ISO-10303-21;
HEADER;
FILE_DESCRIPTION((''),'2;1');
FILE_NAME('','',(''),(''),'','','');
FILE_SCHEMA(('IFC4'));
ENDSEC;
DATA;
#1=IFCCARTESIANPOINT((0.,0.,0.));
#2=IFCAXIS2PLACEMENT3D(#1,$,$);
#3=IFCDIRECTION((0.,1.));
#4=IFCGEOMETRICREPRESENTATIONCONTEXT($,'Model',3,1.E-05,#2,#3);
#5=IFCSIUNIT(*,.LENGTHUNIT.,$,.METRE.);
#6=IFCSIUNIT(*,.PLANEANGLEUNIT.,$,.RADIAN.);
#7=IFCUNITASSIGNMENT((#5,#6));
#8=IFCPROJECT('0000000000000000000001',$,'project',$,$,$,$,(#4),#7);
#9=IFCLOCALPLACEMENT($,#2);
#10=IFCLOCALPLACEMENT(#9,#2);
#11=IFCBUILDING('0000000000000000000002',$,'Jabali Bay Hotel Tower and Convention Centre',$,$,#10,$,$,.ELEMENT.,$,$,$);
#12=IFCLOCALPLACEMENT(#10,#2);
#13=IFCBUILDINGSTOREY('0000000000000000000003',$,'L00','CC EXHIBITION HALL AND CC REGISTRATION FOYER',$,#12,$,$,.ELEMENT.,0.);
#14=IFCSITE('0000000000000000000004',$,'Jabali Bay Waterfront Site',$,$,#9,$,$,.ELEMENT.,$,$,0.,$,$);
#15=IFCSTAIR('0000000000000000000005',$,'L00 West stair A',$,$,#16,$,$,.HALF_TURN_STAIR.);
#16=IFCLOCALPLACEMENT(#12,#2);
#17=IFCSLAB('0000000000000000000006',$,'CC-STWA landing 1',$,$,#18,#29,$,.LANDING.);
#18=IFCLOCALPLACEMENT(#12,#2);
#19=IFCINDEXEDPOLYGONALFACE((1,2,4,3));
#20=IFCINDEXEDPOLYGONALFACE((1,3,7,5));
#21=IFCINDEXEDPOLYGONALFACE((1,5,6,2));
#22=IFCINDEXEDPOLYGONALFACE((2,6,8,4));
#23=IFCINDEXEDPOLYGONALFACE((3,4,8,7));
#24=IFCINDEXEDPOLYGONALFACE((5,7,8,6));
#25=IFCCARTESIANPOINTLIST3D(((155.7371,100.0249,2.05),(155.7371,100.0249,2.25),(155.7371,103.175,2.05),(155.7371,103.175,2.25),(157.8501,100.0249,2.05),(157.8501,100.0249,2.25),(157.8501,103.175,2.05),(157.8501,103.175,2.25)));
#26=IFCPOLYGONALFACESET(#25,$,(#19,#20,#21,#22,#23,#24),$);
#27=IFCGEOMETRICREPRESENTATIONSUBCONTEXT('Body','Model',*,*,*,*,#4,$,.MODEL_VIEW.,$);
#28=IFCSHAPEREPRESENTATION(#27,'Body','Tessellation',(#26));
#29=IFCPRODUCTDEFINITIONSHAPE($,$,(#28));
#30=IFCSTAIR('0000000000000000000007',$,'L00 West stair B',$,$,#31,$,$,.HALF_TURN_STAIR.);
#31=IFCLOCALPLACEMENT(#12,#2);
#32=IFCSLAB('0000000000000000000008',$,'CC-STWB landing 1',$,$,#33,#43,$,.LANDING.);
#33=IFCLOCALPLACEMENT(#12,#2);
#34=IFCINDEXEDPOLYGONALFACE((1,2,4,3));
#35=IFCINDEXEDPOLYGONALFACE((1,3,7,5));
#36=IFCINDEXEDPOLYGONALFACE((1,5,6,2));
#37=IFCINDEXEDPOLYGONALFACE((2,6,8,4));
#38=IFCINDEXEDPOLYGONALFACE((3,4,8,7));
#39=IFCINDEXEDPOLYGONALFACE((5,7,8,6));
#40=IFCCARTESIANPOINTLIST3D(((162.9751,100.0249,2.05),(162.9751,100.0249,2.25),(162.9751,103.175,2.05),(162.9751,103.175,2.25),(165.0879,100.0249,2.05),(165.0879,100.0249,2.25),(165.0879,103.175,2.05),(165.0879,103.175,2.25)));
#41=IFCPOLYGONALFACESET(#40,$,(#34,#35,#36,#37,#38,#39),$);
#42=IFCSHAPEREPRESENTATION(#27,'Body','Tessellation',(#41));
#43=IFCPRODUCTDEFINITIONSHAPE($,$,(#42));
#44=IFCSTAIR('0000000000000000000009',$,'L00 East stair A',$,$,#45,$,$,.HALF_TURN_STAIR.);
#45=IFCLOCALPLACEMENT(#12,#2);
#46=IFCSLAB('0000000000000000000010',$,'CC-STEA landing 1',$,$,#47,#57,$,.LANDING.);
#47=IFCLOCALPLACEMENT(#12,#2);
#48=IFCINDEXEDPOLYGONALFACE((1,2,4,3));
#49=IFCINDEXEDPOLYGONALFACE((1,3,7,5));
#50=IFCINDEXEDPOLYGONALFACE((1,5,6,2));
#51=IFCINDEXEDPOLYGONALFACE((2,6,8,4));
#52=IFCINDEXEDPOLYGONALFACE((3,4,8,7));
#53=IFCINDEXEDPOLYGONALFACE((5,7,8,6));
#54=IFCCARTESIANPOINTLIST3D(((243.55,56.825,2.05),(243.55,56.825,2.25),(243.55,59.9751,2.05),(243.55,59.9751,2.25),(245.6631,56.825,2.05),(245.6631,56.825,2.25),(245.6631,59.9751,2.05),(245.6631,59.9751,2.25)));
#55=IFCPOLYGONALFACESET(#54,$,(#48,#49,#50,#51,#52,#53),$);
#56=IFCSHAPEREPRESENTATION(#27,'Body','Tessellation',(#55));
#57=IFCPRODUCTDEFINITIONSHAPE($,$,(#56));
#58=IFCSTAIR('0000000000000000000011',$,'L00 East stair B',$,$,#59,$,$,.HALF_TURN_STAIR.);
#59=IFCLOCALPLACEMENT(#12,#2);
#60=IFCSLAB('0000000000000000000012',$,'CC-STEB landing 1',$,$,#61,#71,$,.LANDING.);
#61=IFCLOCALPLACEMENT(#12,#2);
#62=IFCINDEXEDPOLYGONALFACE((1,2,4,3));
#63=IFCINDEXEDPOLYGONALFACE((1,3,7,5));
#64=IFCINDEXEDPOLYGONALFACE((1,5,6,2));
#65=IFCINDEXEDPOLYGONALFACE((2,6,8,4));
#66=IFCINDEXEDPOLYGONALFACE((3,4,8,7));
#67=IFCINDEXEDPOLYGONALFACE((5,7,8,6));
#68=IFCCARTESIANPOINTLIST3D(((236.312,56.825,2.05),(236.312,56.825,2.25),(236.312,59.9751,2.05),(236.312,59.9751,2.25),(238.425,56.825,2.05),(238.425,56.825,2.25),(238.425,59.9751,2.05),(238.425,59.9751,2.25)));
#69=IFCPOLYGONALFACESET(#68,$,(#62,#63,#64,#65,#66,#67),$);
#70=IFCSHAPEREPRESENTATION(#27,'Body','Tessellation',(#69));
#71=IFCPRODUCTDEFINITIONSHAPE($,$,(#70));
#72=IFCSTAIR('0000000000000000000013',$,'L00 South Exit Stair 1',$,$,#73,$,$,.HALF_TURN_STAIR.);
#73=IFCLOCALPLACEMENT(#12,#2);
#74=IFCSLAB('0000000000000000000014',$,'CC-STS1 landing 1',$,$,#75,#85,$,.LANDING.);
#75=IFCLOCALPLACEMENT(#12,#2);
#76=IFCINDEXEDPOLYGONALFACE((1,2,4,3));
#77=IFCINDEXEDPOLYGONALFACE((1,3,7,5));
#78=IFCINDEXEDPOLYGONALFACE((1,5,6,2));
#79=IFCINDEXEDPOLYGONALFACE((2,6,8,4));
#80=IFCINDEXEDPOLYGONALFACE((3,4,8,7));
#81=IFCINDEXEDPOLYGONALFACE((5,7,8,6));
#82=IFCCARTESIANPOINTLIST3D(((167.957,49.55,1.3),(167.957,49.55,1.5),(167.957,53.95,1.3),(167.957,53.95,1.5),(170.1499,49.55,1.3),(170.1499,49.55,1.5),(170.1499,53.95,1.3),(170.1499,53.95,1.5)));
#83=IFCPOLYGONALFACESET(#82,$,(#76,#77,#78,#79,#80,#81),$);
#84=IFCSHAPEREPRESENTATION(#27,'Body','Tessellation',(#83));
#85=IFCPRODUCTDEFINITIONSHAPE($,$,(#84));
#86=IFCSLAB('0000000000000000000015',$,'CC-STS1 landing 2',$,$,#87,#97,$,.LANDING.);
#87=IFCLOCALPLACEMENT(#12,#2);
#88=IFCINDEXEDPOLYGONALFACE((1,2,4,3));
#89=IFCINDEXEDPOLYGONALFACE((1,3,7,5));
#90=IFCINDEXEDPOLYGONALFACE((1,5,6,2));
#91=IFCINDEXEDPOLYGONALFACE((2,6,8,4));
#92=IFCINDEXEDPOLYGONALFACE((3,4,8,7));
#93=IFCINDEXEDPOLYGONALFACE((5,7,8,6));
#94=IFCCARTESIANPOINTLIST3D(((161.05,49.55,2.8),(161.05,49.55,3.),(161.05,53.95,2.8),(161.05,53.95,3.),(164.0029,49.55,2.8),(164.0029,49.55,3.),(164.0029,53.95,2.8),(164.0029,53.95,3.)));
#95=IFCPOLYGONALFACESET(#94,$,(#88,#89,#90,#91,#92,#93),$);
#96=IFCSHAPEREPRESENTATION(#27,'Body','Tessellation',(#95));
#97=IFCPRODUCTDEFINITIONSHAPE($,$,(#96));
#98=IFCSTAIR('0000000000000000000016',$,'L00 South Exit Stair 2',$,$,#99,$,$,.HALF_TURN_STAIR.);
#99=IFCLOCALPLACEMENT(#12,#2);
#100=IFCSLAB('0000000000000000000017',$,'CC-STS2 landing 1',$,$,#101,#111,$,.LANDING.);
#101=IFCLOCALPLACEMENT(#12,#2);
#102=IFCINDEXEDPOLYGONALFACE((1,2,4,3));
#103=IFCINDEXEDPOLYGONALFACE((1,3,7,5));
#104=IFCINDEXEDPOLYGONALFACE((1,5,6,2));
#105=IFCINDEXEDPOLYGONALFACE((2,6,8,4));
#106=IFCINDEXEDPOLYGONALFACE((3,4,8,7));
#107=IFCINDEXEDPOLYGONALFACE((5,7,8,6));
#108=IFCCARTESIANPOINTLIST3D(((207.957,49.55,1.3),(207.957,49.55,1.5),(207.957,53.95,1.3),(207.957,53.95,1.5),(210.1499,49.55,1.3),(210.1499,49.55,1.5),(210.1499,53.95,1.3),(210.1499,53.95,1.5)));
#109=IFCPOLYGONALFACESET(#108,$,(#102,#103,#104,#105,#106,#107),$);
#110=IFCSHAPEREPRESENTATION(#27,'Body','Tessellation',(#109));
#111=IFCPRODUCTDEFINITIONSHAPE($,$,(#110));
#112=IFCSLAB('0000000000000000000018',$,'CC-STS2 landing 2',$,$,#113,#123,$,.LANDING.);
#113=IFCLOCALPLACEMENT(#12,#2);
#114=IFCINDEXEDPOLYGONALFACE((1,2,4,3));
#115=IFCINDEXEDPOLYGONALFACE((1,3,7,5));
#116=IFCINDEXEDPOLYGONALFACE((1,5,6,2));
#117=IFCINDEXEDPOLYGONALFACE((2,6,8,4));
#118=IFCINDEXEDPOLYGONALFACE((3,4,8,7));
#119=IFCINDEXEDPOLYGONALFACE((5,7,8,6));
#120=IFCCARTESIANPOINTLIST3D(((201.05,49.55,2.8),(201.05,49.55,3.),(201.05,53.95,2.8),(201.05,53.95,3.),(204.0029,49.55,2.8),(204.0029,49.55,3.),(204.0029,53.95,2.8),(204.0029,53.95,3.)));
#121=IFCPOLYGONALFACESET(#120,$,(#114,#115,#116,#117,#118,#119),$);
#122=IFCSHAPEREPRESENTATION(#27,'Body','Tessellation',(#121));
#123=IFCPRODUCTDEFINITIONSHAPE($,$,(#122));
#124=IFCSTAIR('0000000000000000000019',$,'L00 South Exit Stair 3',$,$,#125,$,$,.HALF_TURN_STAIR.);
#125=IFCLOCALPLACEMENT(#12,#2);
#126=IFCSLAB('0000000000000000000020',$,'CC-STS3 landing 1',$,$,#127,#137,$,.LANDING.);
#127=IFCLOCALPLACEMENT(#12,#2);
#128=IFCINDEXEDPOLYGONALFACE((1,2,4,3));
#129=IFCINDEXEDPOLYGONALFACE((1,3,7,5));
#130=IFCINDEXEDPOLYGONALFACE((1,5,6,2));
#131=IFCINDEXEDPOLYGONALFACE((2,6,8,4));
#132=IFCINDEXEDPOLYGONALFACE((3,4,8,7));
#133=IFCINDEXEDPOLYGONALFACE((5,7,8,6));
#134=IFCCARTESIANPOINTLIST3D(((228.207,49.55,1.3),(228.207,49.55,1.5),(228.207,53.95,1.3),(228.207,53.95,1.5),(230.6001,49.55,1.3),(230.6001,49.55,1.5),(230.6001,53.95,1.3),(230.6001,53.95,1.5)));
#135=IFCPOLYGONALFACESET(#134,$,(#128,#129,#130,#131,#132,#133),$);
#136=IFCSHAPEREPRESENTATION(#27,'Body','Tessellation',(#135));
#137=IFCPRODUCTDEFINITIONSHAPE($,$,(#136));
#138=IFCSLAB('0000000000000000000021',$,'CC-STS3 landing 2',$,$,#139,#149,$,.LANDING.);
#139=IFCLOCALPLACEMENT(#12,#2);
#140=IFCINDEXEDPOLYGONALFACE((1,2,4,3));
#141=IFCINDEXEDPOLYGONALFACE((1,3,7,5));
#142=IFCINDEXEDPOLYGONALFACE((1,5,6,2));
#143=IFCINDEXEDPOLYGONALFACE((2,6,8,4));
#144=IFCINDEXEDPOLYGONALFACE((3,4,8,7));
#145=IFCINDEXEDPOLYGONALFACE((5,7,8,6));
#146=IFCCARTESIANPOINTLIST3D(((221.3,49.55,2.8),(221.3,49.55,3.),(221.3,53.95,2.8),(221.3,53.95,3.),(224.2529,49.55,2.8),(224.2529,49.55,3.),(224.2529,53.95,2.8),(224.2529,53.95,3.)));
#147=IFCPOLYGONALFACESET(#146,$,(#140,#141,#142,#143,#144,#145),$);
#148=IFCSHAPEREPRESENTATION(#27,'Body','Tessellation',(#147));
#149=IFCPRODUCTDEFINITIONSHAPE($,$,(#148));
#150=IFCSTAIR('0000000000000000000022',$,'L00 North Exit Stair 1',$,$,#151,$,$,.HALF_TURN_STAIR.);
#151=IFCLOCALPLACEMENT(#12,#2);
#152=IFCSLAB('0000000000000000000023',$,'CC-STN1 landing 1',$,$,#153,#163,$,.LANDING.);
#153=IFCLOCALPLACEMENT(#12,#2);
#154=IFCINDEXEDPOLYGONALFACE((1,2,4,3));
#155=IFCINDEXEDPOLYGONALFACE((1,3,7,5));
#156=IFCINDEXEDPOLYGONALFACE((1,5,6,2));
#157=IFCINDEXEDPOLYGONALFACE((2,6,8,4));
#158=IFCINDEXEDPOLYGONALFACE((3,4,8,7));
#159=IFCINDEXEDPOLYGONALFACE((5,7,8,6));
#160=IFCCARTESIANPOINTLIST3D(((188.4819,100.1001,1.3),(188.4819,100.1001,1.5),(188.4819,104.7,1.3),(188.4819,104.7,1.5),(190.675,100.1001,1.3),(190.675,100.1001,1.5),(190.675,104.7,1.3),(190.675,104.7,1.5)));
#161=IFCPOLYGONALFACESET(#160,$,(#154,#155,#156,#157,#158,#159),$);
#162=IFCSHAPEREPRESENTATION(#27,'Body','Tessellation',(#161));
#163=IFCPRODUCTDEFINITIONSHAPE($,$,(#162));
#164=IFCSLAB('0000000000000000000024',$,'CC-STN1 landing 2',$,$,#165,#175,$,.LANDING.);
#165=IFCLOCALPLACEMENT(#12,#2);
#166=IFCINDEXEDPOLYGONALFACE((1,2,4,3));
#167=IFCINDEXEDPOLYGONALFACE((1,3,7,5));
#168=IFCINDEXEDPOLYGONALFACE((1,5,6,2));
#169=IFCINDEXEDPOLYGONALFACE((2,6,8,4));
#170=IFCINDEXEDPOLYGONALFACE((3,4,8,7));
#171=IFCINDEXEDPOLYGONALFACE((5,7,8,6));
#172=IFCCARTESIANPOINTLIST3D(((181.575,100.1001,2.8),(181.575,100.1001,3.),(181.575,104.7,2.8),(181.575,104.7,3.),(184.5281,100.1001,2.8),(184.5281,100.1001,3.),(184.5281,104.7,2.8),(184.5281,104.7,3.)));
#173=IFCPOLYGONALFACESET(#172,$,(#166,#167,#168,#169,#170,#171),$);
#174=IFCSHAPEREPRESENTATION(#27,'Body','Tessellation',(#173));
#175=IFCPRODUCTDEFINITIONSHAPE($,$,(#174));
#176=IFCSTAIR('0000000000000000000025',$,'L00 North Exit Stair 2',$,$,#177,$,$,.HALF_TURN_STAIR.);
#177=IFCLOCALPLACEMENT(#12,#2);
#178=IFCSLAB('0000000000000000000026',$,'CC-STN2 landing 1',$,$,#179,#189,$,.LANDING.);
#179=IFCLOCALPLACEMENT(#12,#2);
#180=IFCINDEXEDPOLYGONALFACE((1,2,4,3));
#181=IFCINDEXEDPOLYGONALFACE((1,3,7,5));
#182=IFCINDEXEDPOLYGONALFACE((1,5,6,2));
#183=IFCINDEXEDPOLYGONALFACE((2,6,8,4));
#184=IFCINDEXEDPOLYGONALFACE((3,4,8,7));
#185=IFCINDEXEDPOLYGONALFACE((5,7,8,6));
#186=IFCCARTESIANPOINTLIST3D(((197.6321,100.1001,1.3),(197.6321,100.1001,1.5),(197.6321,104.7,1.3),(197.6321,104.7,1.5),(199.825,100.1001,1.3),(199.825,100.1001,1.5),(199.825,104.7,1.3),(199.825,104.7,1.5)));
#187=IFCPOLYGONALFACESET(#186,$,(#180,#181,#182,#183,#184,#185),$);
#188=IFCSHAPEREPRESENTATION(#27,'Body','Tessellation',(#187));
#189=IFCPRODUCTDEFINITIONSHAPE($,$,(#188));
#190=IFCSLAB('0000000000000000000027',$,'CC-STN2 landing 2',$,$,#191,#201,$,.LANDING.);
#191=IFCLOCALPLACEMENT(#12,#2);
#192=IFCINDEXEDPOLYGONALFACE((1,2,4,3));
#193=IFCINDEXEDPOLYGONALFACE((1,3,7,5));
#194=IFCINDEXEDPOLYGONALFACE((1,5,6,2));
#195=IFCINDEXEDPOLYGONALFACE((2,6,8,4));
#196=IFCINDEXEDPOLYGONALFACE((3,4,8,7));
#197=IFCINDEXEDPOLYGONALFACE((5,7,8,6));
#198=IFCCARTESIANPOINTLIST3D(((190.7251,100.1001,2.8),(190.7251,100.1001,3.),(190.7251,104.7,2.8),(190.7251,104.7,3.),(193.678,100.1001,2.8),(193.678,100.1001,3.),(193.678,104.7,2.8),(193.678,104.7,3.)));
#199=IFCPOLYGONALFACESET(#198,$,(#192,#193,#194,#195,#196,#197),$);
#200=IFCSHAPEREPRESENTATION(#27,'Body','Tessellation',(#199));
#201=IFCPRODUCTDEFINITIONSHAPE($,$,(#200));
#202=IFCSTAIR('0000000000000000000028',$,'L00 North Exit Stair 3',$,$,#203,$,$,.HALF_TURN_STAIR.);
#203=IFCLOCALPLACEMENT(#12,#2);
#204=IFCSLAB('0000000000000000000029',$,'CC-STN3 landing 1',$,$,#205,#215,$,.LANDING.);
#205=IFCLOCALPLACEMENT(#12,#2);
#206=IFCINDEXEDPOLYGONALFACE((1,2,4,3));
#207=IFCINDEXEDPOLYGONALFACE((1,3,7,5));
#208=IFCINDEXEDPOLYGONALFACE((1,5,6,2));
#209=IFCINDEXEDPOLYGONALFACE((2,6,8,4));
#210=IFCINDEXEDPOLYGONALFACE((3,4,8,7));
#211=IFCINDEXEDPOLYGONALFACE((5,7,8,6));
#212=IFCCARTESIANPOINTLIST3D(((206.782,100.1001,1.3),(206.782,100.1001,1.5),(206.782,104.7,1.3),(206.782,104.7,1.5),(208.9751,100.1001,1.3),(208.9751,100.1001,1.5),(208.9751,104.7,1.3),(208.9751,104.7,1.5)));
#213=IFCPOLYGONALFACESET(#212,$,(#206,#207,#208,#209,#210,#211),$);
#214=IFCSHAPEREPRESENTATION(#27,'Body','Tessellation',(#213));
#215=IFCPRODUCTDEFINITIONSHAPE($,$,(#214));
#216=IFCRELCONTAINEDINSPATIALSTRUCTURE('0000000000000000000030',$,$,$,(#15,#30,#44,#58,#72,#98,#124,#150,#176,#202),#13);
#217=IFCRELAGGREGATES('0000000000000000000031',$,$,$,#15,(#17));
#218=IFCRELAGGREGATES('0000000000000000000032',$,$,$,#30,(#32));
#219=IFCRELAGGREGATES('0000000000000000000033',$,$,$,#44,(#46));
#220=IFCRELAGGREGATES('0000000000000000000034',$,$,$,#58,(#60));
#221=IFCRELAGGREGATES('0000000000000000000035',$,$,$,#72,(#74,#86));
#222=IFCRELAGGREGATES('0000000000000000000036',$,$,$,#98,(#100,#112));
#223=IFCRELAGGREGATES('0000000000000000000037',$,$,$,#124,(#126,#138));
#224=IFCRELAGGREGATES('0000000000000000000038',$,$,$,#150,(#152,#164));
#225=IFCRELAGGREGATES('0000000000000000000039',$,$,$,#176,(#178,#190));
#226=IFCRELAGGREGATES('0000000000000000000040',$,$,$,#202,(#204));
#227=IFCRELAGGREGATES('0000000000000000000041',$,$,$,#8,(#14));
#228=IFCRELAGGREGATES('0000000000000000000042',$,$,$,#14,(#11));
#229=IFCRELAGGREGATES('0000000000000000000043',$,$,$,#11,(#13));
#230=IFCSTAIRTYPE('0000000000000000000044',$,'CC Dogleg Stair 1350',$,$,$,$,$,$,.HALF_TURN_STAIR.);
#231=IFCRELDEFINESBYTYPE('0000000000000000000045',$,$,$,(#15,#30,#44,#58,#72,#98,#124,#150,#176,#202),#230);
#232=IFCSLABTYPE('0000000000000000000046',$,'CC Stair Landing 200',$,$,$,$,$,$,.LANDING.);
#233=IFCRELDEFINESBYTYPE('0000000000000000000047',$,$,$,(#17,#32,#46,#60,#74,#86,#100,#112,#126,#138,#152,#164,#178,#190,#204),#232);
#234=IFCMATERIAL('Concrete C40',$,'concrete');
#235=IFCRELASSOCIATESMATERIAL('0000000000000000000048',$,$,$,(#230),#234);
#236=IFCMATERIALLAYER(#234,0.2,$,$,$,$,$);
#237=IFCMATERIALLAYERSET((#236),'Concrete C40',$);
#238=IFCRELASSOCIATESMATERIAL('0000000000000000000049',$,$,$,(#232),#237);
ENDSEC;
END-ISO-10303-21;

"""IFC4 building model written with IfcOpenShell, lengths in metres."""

from ifc_helpers import new_model, si_unit, direction, frame, origin, place, context, subcontext, project, spatial, polyline, outline, extrude, material, layer, layer_set, type_object, element, aggregate, save


model = new_model("IFC4")

# Units and contexts
model_context = context("Model", 3, precision=1e-05, world=origin(), true_north=direction((0.0, 1.0)))
body_context = subcontext(model_context, "Body", "Model", "MODEL_VIEW")
ifc_project = project(units=[si_unit("LENGTHUNIT", "METRE"), si_unit("PLANEANGLEUNIT", "RADIAN")], contexts=[model_context])

# Site, building, storey
site_placement = place(None, origin())
site = spatial("IfcSite", under=ifc_project, at=site_placement, Name="Jabali Bay Waterfront Site", CompositionType="ELEMENT", RefElevation=0.0)
building_placement = place(site_placement, origin())
building = spatial("IfcBuilding", under=site, at=building_placement, Name="Jabali Bay Hotel Tower and Convention Centre", CompositionType="ELEMENT")
storey_placement = place(building_placement, origin())
storey = spatial("IfcBuildingStorey", under=building, at=storey_placement, Name="L00", Description="CC EXHIBITION HALL AND CC REGISTRATION FOYER", CompositionType="ELEMENT", Elevation=0.0)

# Stairs, slabs
ifc_material_1 = material(Name="Concrete C40", Category="concrete")
stair_type_1 = type_object("IfcStairType", Name="CC Dogleg Stair 1350", PredefinedType="HALF_TURN_STAIR", material=ifc_material_1)
stair_1_placement = place(storey_placement, origin())
stair_1 = element("IfcStair", 1, at=stair_1_placement, inside=storey, type_object=stair_type_1, Name="L00 West stair A", PredefinedType="HALF_TURN_STAIR")
ifc_layer_1 = layer(ifc_material_1, 0.2)
ifc_layer_set_1 = layer_set([ifc_layer_1], Name="Concrete C40")
slab_type_1 = type_object("IfcSlabType", Name="CC Stair Landing 200", PredefinedType="LANDING", material=ifc_layer_set_1)
slab_1_placement = place(storey_placement, frame((0.0, 0.0, 2.05)))
slab_1 = element("IfcSlab", 2, at=slab_1_placement, type_object=slab_type_1, Name="CC-STWA landing 1", PredefinedType="LANDING", context=body_context, shape_type="SweptSolid", body=[
    extrude(outline(polyline([(155.7371, 100.0249), (157.8501, 100.0249), (157.8501, 103.175), (155.7371, 103.175), (155.7371, 100.0249)])), origin(), (0.0, 0.0, 1.0), 0.2),
])
aggregate(stair_1, [slab_1])
stair_2_placement = place(storey_placement, origin())
stair_2 = element("IfcStair", 3, at=stair_2_placement, inside=storey, type_object=stair_type_1, Name="L00 West stair B", PredefinedType="HALF_TURN_STAIR")
slab_2_placement = place(storey_placement, frame((0.0, 0.0, 2.05)))
slab_2 = element("IfcSlab", 4, at=slab_2_placement, type_object=slab_type_1, Name="CC-STWB landing 1", PredefinedType="LANDING", context=body_context, shape_type="SweptSolid", body=[
    extrude(outline(polyline([(162.9751, 100.0249), (165.0879, 100.0249), (165.0879, 103.175), (162.9751, 103.175), (162.9751, 100.0249)])), origin(), (0.0, 0.0, 1.0), 0.2),
])
aggregate(stair_2, [slab_2])
stair_3_placement = place(storey_placement, origin())
stair_3 = element("IfcStair", 5, at=stair_3_placement, inside=storey, type_object=stair_type_1, Name="L00 East stair A", PredefinedType="HALF_TURN_STAIR")
slab_3_placement = place(storey_placement, frame((0.0, 0.0, 2.05)))
slab_3 = element("IfcSlab", 6, at=slab_3_placement, type_object=slab_type_1, Name="CC-STEA landing 1", PredefinedType="LANDING", context=body_context, shape_type="SweptSolid", body=[
    extrude(outline(polyline([(243.55, 56.825), (245.6631, 56.825), (245.6631, 59.9751), (243.55, 59.9751), (243.55, 56.825)])), origin(), (0.0, 0.0, 1.0), 0.2),
])
aggregate(stair_3, [slab_3])
stair_4_placement = place(storey_placement, origin())
stair_4 = element("IfcStair", 7, at=stair_4_placement, inside=storey, type_object=stair_type_1, Name="L00 East stair B", PredefinedType="HALF_TURN_STAIR")
slab_4_placement = place(storey_placement, frame((0.0, 0.0, 2.05)))
slab_4 = element("IfcSlab", 8, at=slab_4_placement, type_object=slab_type_1, Name="CC-STEB landing 1", PredefinedType="LANDING", context=body_context, shape_type="SweptSolid", body=[
    extrude(outline(polyline([(236.312, 56.825), (238.425, 56.825), (238.425, 59.9751), (236.312, 59.9751), (236.312, 56.825)])), origin(), (0.0, 0.0, 1.0), 0.2),
])
aggregate(stair_4, [slab_4])

# Stairs, slabs
stair_5_placement = place(storey_placement, origin())
stair_5 = element("IfcStair", 9, at=stair_5_placement, inside=storey, type_object=stair_type_1, Name="L00 South Exit Stair 1", PredefinedType="HALF_TURN_STAIR")
slab_5_placement = place(storey_placement, frame((0.0, 0.0, 1.3)))
slab_5 = element("IfcSlab", 10, at=slab_5_placement, type_object=slab_type_1, Name="CC-STS1 landing 1", PredefinedType="LANDING", context=body_context, shape_type="SweptSolid", body=[
    extrude(outline(polyline([(167.957, 49.55), (170.1499, 49.55), (170.1499, 53.95), (167.957, 53.95), (167.957, 49.55)])), origin(), (0.0, 0.0, 1.0), 0.2),
])
slab_6_placement = place(storey_placement, frame((0.0, 0.0, 2.8)))
slab_6 = element("IfcSlab", 11, at=slab_6_placement, type_object=slab_type_1, Name="CC-STS1 landing 2", PredefinedType="LANDING", context=body_context, shape_type="SweptSolid", body=[
    extrude(outline(polyline([(161.05, 49.55), (164.0029, 49.55), (164.0029, 53.95), (161.05, 53.95), (161.05, 49.55)])), origin(), (0.0, 0.0, 1.0), 0.2),
])
aggregate(stair_5, [slab_5, slab_6])
stair_6_placement = place(storey_placement, origin())
stair_6 = element("IfcStair", 12, at=stair_6_placement, inside=storey, type_object=stair_type_1, Name="L00 South Exit Stair 2", PredefinedType="HALF_TURN_STAIR")
slab_7_placement = place(storey_placement, frame((0.0, 0.0, 1.3)))
slab_7 = element("IfcSlab", 13, at=slab_7_placement, type_object=slab_type_1, Name="CC-STS2 landing 1", PredefinedType="LANDING", context=body_context, shape_type="SweptSolid", body=[
    extrude(outline(polyline([(207.957, 49.55), (210.1499, 49.55), (210.1499, 53.95), (207.957, 53.95), (207.957, 49.55)])), origin(), (0.0, 0.0, 1.0), 0.2),
])
slab_8_placement = place(storey_placement, frame((0.0, 0.0, 2.8)))
slab_8 = element("IfcSlab", 14, at=slab_8_placement, type_object=slab_type_1, Name="CC-STS2 landing 2", PredefinedType="LANDING", context=body_context, shape_type="SweptSolid", body=[
    extrude(outline(polyline([(201.05, 49.55), (204.0029, 49.55), (204.0029, 53.95), (201.05, 53.95), (201.05, 49.55)])), origin(), (0.0, 0.0, 1.0), 0.2),
])
aggregate(stair_6, [slab_7, slab_8])
stair_7_placement = place(storey_placement, origin())
stair_7 = element("IfcStair", 15, at=stair_7_placement, inside=storey, type_object=stair_type_1, Name="L00 South Exit Stair 3", PredefinedType="HALF_TURN_STAIR")
slab_9_placement = place(storey_placement, frame((0.0, 0.0, 1.3)))
slab_9 = element("IfcSlab", 16, at=slab_9_placement, type_object=slab_type_1, Name="CC-STS3 landing 1", PredefinedType="LANDING", context=body_context, shape_type="SweptSolid", body=[
    extrude(outline(polyline([(228.207, 49.55), (230.6001, 49.55), (230.6001, 53.95), (228.207, 53.95), (228.207, 49.55)])), origin(), (0.0, 0.0, 1.0), 0.2),
])
slab_10_placement = place(storey_placement, frame((0.0, 0.0, 2.8)))
slab_10 = element("IfcSlab", 17, at=slab_10_placement, type_object=slab_type_1, Name="CC-STS3 landing 2", PredefinedType="LANDING", context=body_context, shape_type="SweptSolid", body=[
    extrude(outline(polyline([(221.3, 49.55), (224.2529, 49.55), (224.2529, 53.95), (221.3, 53.95), (221.3, 49.55)])), origin(), (0.0, 0.0, 1.0), 0.2),
])
aggregate(stair_7, [slab_9, slab_10])
stair_8_placement = place(storey_placement, origin())
stair_8 = element("IfcStair", 18, at=stair_8_placement, inside=storey, type_object=stair_type_1, Name="L00 North Exit Stair 1", PredefinedType="HALF_TURN_STAIR")
slab_11_placement = place(storey_placement, frame((0.0, 0.0, 1.3)))
slab_11 = element("IfcSlab", 19, at=slab_11_placement, type_object=slab_type_1, Name="CC-STN1 landing 1", PredefinedType="LANDING", context=body_context, shape_type="SweptSolid", body=[
    extrude(outline(polyline([(188.4819, 100.1001), (190.675, 100.1001), (190.675, 104.7), (188.4819, 104.7), (188.4819, 100.1001)])), origin(), (0.0, 0.0, 1.0), 0.2),
])
slab_12_placement = place(storey_placement, frame((0.0, 0.0, 2.8)))
slab_12 = element("IfcSlab", 20, at=slab_12_placement, type_object=slab_type_1, Name="CC-STN1 landing 2", PredefinedType="LANDING", context=body_context, shape_type="SweptSolid", body=[
    extrude(outline(polyline([(181.575, 100.1001), (184.5281, 100.1001), (184.5281, 104.7), (181.575, 104.7), (181.575, 100.1001)])), origin(), (0.0, 0.0, 1.0), 0.2),
])
aggregate(stair_8, [slab_11, slab_12])
stair_9_placement = place(storey_placement, origin())
stair_9 = element("IfcStair", 21, at=stair_9_placement, inside=storey, type_object=stair_type_1, Name="L00 North Exit Stair 2", PredefinedType="HALF_TURN_STAIR")
slab_13_placement = place(storey_placement, frame((0.0, 0.0, 1.3)))
slab_13 = element("IfcSlab", 22, at=slab_13_placement, type_object=slab_type_1, Name="CC-STN2 landing 1", PredefinedType="LANDING", context=body_context, shape_type="SweptSolid", body=[
    extrude(outline(polyline([(197.6321, 100.1001), (199.825, 100.1001), (199.825, 104.7), (197.6321, 104.7), (197.6321, 100.1001)])), origin(), (0.0, 0.0, 1.0), 0.2),
])
slab_14_placement = place(storey_placement, frame((0.0, 0.0, 2.8)))
slab_14 = element("IfcSlab", 23, at=slab_14_placement, type_object=slab_type_1, Name="CC-STN2 landing 2", PredefinedType="LANDING", context=body_context, shape_type="SweptSolid", body=[
    extrude(outline(polyline([(190.7251, 100.1001), (193.678, 100.1001), (193.678, 104.7), (190.7251, 104.7), (190.7251, 100.1001)])), origin(), (0.0, 0.0, 1.0), 0.2),
])
aggregate(stair_9, [slab_13, slab_14])

# Stair, slab
stair_10_placement = place(storey_placement, origin())
stair_10 = element("IfcStair", 24, at=stair_10_placement, inside=storey, type_object=stair_type_1, Name="L00 North Exit Stair 3", PredefinedType="HALF_TURN_STAIR")
slab_15_placement = place(storey_placement, frame((0.0, 0.0, 1.3)))
slab_15 = element("IfcSlab", 25, at=slab_15_placement, type_object=slab_type_1, Name="CC-STN3 landing 1", PredefinedType="LANDING", context=body_context, shape_type="SweptSolid", body=[
    extrude(outline(polyline([(206.782, 100.1001), (208.9751, 100.1001), (208.9751, 104.7), (206.782, 104.7), (206.782, 100.1001)])), origin(), (0.0, 0.0, 1.0), 0.2),
])
aggregate(stair_10, [slab_15])

save(model, "model.ifc")
